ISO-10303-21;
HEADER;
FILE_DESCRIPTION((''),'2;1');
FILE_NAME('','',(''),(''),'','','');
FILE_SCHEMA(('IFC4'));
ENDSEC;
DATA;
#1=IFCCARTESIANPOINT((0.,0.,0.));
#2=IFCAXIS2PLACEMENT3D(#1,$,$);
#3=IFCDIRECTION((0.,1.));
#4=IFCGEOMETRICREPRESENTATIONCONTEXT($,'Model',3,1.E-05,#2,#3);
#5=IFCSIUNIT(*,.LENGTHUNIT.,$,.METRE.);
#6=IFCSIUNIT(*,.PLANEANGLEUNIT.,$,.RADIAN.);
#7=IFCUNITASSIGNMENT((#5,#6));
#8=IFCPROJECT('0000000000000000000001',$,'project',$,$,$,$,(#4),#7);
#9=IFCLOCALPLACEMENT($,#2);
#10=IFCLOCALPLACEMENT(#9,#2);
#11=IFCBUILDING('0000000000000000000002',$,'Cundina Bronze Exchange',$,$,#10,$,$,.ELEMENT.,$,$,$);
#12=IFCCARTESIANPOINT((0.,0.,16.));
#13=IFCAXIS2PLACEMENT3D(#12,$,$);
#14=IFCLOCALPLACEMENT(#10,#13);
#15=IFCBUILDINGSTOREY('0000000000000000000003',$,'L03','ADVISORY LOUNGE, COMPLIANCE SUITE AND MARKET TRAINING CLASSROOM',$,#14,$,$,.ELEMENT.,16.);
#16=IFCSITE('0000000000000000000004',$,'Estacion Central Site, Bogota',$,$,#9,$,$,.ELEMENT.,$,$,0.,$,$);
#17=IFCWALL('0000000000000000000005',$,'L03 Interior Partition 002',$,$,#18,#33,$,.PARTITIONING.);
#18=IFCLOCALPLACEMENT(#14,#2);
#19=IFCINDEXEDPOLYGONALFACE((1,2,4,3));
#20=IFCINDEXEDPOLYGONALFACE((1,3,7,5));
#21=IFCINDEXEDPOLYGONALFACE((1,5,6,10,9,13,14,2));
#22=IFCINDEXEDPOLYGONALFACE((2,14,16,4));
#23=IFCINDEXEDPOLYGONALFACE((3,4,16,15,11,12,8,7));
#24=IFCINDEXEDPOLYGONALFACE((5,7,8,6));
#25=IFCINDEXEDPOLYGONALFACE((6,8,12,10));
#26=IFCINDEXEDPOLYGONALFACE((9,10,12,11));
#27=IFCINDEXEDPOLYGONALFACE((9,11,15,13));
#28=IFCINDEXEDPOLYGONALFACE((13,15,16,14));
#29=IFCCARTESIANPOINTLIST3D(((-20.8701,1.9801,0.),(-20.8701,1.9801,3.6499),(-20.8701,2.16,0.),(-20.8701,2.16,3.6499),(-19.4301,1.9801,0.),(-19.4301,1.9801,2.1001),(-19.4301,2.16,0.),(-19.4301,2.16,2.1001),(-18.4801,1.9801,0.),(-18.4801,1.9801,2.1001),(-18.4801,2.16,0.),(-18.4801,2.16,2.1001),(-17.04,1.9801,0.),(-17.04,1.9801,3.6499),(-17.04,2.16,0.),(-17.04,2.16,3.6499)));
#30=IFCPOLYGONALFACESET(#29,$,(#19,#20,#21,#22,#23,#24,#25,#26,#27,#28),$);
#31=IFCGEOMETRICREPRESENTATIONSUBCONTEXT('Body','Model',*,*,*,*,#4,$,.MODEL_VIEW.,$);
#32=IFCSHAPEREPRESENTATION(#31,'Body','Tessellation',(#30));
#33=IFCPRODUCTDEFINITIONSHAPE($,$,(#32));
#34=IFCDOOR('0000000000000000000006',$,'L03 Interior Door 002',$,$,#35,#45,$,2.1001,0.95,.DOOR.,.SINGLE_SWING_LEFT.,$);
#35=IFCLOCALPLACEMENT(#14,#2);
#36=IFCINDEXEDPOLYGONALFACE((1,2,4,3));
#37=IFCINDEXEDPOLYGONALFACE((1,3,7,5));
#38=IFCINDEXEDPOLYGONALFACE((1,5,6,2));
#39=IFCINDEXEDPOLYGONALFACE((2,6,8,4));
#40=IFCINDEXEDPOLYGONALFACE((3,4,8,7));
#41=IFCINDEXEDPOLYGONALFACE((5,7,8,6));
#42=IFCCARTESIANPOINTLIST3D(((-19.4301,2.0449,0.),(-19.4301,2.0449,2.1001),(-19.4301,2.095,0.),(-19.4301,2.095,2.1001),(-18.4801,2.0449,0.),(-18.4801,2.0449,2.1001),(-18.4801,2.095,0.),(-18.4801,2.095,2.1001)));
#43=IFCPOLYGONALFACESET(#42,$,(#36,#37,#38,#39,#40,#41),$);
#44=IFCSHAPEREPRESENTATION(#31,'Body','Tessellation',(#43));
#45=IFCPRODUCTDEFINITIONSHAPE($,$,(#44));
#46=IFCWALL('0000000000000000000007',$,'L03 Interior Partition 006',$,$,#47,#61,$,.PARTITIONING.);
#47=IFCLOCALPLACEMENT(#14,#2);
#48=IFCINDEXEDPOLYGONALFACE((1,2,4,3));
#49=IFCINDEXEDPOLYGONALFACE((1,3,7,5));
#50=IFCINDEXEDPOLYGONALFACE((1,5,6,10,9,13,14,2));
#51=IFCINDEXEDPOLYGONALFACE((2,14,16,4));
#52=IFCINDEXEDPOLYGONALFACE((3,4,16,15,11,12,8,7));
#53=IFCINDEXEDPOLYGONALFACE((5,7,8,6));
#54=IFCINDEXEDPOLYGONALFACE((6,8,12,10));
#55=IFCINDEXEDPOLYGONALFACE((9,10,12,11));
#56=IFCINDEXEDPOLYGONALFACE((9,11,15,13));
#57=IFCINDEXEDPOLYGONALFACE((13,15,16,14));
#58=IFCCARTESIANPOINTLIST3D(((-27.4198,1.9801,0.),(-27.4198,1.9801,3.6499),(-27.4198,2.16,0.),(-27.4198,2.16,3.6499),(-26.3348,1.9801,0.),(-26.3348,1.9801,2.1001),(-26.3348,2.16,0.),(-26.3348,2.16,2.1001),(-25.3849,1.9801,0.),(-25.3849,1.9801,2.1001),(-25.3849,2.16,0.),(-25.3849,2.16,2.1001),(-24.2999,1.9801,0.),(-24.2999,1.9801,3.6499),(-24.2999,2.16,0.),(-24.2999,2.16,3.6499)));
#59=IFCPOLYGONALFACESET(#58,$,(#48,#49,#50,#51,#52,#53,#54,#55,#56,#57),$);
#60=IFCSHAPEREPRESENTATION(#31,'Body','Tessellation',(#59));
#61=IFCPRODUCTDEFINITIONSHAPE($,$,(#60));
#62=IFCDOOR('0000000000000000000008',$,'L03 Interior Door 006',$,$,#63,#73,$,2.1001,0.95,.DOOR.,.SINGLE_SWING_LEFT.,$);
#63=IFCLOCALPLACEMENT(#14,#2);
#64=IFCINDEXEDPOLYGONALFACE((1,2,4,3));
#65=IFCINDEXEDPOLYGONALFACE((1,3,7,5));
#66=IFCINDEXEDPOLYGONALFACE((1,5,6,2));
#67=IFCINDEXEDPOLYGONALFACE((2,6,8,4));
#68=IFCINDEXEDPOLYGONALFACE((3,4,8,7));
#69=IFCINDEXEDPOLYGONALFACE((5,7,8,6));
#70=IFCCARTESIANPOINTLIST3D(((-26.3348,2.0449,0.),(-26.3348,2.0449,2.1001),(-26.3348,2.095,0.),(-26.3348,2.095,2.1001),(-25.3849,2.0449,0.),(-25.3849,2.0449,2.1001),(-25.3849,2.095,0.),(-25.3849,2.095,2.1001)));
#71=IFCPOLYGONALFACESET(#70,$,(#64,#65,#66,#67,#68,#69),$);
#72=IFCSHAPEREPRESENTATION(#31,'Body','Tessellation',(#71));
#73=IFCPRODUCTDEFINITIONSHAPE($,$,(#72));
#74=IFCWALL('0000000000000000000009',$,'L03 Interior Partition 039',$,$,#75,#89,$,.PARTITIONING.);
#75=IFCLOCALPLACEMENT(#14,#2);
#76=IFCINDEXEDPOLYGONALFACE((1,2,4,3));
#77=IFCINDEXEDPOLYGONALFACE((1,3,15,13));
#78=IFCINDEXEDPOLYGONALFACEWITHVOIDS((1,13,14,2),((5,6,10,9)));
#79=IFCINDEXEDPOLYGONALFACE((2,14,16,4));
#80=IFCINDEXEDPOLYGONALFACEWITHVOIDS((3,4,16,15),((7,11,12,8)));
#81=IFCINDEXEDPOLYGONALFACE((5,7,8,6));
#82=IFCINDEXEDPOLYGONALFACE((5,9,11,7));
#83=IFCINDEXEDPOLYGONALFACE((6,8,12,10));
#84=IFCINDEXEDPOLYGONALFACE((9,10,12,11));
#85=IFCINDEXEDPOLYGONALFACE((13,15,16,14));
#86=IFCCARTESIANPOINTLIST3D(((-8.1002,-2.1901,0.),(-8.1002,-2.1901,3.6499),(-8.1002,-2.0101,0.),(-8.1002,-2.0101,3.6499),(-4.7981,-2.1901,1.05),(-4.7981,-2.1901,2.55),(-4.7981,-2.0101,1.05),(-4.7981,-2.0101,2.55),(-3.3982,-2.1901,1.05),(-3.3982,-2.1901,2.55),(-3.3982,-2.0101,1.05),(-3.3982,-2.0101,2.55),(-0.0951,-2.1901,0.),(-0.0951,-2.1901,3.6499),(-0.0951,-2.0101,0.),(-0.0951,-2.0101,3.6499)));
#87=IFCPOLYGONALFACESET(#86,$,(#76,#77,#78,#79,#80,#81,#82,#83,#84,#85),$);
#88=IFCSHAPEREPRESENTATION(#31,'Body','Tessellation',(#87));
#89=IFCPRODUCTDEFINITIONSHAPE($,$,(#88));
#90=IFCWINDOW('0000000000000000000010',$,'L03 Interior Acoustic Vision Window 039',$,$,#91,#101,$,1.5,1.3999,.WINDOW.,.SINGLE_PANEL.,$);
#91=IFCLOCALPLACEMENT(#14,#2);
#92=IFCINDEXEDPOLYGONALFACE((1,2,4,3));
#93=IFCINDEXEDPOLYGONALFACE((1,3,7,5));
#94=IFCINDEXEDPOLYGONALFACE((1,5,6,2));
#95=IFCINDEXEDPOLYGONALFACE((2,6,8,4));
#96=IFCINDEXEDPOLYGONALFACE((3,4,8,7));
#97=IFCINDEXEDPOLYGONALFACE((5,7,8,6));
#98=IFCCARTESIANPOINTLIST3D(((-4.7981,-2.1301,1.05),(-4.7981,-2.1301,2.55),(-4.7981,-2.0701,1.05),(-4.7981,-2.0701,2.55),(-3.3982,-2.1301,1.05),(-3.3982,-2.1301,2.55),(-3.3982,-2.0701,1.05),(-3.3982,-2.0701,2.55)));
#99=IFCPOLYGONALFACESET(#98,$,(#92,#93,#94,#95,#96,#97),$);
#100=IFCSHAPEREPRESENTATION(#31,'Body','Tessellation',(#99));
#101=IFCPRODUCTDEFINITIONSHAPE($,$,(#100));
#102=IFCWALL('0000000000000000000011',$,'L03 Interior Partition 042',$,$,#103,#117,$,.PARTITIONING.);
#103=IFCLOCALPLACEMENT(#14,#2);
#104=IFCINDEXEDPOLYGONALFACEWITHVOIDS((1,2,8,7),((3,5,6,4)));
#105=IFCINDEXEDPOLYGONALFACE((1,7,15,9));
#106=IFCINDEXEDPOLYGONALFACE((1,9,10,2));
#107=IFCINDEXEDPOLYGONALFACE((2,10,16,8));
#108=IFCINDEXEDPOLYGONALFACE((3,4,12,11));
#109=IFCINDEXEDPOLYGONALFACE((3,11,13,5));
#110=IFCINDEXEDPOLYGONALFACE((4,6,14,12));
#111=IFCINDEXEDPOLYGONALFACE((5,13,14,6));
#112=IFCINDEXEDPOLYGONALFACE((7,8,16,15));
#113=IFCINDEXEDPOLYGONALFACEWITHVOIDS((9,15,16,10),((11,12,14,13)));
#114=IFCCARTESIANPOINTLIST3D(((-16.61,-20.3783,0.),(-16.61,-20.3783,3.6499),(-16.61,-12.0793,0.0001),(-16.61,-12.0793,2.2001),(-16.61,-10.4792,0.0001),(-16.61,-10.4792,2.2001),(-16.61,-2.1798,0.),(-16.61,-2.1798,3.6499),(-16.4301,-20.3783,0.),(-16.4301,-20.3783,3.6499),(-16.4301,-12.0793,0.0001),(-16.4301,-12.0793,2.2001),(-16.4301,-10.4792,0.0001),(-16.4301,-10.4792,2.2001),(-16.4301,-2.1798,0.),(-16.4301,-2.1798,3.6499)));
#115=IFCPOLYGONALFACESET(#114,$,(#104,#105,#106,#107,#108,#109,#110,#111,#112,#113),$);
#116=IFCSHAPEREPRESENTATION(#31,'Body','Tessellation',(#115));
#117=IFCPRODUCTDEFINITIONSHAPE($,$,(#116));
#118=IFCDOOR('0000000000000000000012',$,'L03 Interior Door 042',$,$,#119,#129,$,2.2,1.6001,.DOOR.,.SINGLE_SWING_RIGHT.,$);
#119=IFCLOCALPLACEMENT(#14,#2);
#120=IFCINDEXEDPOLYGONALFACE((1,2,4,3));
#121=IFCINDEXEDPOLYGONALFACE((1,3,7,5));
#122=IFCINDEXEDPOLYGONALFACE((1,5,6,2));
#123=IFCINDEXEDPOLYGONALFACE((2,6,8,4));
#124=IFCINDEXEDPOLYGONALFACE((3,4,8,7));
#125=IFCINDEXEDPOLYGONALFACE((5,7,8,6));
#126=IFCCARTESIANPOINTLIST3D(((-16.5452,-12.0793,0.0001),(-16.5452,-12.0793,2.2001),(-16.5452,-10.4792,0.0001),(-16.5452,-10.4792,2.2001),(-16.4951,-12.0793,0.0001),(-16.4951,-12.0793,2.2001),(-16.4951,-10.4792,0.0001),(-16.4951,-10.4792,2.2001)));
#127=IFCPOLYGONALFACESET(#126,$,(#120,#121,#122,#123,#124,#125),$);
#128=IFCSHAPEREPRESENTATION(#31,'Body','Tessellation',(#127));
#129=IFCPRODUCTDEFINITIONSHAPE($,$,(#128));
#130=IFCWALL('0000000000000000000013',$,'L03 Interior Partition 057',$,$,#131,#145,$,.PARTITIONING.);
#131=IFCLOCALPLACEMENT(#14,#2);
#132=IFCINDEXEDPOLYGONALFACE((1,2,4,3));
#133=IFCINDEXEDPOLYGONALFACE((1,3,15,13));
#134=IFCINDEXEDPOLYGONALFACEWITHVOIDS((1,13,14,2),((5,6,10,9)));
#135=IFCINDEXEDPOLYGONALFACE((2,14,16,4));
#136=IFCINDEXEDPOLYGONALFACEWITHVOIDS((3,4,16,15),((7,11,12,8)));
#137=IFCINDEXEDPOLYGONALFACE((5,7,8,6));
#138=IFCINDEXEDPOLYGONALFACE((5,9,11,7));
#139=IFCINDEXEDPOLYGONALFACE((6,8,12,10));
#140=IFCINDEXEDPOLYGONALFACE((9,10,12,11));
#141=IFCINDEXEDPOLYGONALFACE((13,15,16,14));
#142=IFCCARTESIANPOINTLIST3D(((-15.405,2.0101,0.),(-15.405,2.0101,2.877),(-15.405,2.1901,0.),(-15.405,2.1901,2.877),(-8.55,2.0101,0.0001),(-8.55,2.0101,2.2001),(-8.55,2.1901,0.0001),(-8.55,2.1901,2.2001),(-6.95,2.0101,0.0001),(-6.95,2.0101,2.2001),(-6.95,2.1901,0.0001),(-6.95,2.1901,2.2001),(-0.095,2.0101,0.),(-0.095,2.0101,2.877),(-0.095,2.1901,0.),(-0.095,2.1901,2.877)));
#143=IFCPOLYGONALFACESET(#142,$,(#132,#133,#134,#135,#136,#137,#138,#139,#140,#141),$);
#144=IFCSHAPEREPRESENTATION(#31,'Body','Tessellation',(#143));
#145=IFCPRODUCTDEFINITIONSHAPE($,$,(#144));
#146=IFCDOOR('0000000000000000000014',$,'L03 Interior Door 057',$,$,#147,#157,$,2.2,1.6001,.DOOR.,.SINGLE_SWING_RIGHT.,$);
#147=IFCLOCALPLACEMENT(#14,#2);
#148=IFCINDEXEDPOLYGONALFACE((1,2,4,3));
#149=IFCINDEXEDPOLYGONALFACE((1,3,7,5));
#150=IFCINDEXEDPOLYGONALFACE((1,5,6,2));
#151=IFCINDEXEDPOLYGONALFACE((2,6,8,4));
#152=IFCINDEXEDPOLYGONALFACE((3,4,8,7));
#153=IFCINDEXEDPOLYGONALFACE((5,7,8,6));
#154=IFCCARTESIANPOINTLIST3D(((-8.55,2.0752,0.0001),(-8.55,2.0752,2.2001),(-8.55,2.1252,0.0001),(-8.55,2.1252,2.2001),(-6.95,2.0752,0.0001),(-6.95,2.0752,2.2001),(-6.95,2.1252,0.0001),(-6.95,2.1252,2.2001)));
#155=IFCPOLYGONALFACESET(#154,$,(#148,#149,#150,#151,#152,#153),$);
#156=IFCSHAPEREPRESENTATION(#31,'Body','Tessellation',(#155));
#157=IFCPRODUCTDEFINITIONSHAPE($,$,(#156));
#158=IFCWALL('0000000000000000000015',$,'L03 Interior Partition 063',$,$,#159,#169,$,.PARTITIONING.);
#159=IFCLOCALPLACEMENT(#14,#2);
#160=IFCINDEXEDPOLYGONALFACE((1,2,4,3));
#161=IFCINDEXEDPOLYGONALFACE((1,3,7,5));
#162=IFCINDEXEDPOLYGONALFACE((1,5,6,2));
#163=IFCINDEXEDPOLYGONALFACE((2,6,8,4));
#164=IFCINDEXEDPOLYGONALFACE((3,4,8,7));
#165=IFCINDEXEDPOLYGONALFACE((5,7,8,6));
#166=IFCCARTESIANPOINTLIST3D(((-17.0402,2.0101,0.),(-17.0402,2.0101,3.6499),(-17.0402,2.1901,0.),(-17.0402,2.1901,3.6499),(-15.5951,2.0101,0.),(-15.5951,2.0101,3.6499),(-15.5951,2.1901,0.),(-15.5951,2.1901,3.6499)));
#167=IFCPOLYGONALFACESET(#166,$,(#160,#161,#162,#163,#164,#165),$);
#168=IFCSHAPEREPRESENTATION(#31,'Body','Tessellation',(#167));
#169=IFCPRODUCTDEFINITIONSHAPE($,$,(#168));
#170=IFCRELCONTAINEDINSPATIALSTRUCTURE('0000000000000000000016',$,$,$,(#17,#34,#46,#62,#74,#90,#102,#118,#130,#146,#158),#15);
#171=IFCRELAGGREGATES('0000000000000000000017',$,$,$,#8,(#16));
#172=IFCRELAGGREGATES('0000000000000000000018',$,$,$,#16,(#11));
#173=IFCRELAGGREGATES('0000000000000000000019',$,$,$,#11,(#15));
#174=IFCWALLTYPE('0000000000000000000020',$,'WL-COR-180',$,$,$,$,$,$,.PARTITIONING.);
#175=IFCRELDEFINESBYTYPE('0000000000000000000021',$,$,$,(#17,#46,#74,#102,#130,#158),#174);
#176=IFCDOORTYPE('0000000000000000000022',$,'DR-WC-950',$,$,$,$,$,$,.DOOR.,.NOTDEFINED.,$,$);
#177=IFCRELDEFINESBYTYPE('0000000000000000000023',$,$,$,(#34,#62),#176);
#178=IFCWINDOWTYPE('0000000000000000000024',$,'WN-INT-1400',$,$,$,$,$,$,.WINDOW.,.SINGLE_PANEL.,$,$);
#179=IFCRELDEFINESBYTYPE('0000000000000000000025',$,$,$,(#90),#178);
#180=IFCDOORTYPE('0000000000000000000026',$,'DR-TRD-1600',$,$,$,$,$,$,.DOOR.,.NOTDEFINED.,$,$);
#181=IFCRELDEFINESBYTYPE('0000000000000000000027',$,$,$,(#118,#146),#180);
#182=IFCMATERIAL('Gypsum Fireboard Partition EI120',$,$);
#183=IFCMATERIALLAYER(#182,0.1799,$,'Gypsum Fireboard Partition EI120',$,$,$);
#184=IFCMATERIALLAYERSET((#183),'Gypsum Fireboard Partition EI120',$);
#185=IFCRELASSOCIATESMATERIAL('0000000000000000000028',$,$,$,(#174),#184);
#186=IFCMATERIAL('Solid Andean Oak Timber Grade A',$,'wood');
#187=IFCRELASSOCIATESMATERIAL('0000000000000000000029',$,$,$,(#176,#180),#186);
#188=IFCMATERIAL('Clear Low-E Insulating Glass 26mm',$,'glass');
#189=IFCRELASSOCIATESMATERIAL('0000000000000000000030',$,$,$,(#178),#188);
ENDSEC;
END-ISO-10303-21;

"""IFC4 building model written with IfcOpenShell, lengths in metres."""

from ifc_helpers import new_model, si_unit, direction, frame, frame_2d, origin, place, context, subcontext, project, spatial, rectangle, extrude, material, layer, layer_set, type_object, element, fill, save


model = new_model("IFC4")

# Units and contexts
model_context = context("Model", 3, precision=1e-05, world=origin(), true_north=direction((0.0, 1.0)))
body_context = subcontext(model_context, "Body", "Model", "MODEL_VIEW")
ifc_project = project(units=[si_unit("LENGTHUNIT", "METRE"), si_unit("PLANEANGLEUNIT", "RADIAN")], contexts=[model_context])

# Site, building, storey
site_placement = place(None, origin())
site = spatial("IfcSite", under=ifc_project, at=site_placement, Name="Estacion Central Site, Bogota", CompositionType="ELEMENT", RefElevation=0.0)
building_placement = place(site_placement, origin())
building = spatial("IfcBuilding", under=site, at=building_placement, Name="Cundina Bronze Exchange", CompositionType="ELEMENT")
storey_placement = place(building_placement, frame((0.0, 0.0, 16.0)))
storey = spatial("IfcBuildingStorey", under=building, at=storey_placement, Name="L03", Description="ADVISORY LOUNGE, COMPLIANCE SUITE AND MARKET TRAINING CLASSROOM", CompositionType="ELEMENT", Elevation=16.0)

# Shared definitions
ifc_material_1 = material(Name="Gypsum Fireboard Partition EI120")
ifc_layer_1 = layer(ifc_material_1, 0.1799, Name="Gypsum Fireboard Partition EI120")
ifc_layer_set_1 = layer_set([ifc_layer_1], Name="Gypsum Fireboard Partition EI120")
wall_type_1 = type_object("IfcWallType", Name="WL-COR-180", PredefinedType="PARTITIONING", material=ifc_layer_set_1)

# Walls, openings, doors
wall_1_placement = place(storey_placement, frame((-20.8701, 2.0701, 0.0), z_axis=(0.0, 0.0, 1.0), x_axis=(1.0, 0.0, 0.0)))
wall_1 = element("IfcWall", 1, at=wall_1_placement, inside=storey, type_object=wall_type_1, Name="L03 Interior Partition 002", PredefinedType="PARTITIONING", context=body_context, shape_type="SweptSolid", body=[
    extrude(rectangle(XDim=3.8301, YDim=0.1799, at=frame_2d((1.915, 0.0))), origin(), (0.0, 0.0, 1.0), 3.6499),
])
opening_1_placement = place(wall_1_placement, frame((1.4399, 0.0, 0.0)))
opening_1 = element("IfcOpeningElement", 2, at=opening_1_placement, cuts=wall_1, PredefinedType="OPENING", context=body_context, shape_type="SweptSolid", body=[
    extrude(rectangle(XDim=0.95, YDim=2.1001, at=frame_2d((0.4751, 1.05))), frame((0.0, 0.0999, 0.0), z_axis=(0.0, -1.0, 0.0), x_axis=(1.0, 0.0, 0.0)), (0.0, 0.0, 1.0), 0.2),
])
ifc_material_2 = material(Name="Solid Andean Oak Timber Grade A", Category="wood")
door_type_1 = type_object("IfcDoorType", Name="DR-WC-950", OperationType="NOTDEFINED", PredefinedType="DOOR", material=ifc_material_2)
door_1_placement = place(opening_1_placement, origin())
door_1 = element("IfcDoor", 3, at=door_1_placement, inside=storey, type_object=door_type_1, Name="L03 Interior Door 002", OperationType="SINGLE_SWING_LEFT", OverallHeight=2.1001, OverallWidth=0.95, PredefinedType="DOOR", context=body_context, shape_type="SweptSolid", body=[
    extrude(rectangle(XDim=0.95, YDim=2.1001, at=frame_2d((0.4751, 1.05))), frame((0.0, 0.0249, 0.0), z_axis=(0.0, -1.0, 0.0), x_axis=(1.0, 0.0, 0.0)), (0.0, 0.0, 1.0), 0.05),
])
fill(opening_1, door_1)
wall_2_placement = place(storey_placement, frame((-27.4199, 2.0701, 0.0), z_axis=(0.0, 0.0, 1.0), x_axis=(1.0, 0.0, 0.0)))
wall_2 = element("IfcWall", 4, at=wall_2_placement, inside=storey, type_object=wall_type_1, Name="L03 Interior Partition 006", PredefinedType="PARTITIONING", context=body_context, shape_type="SweptSolid", body=[
    extrude(rectangle(XDim=3.1199, YDim=0.1799, at=frame_2d((1.5601, 0.0))), origin(), (0.0, 0.0, 1.0), 3.6499),
])
opening_2_placement = place(wall_2_placement, frame((1.085, 0.0, 0.0)))
opening_2 = element("IfcOpeningElement", 5, at=opening_2_placement, cuts=wall_2, PredefinedType="OPENING", context=body_context, shape_type="SweptSolid", body=[
    extrude(rectangle(XDim=0.95, YDim=2.1001, at=frame_2d((0.4751, 1.05))), frame((0.0, 0.0999, 0.0), z_axis=(0.0, -1.0, 0.0), x_axis=(1.0, 0.0, 0.0)), (0.0, 0.0, 1.0), 0.2),
])
door_2_placement = place(opening_2_placement, origin())
door_2 = element("IfcDoor", 6, at=door_2_placement, inside=storey, type_object=door_type_1, Name="L03 Interior Door 006", OperationType="SINGLE_SWING_LEFT", OverallHeight=2.1001, OverallWidth=0.95, PredefinedType="DOOR", context=body_context, shape_type="SweptSolid", body=[
    extrude(rectangle(XDim=0.95, YDim=2.1001, at=frame_2d((0.4751, 1.05))), frame((0.0, 0.0249, 0.0), z_axis=(0.0, -1.0, 0.0), x_axis=(1.0, 0.0, 0.0)), (0.0, 0.0, 1.0), 0.05),
])
fill(opening_2, door_2)

# Wall, opening, window
wall_3_placement = place(storey_placement, frame((-8.1001, -2.1001, 0.0), z_axis=(0.0, 0.0, 1.0), x_axis=(1.0, 0.0, 0.0)))
wall_3 = element("IfcWall", 7, at=wall_3_placement, inside=storey, type_object=wall_type_1, Name="L03 Interior Partition 039", PredefinedType="PARTITIONING", context=body_context, shape_type="SweptSolid", body=[
    extrude(rectangle(XDim=8.0051, YDim=0.1799, at=frame_2d((4.0024, 0.0))), origin(), (0.0, 0.0, 1.0), 3.6499),
])
opening_3_placement = place(wall_3_placement, frame((3.302, 0.0, 1.05)))
opening_3 = element("IfcOpeningElement", 8, at=opening_3_placement, cuts=wall_3, PredefinedType="OPENING", context=body_context, shape_type="SweptSolid", body=[
    extrude(rectangle(XDim=1.3999, YDim=1.5, at=frame_2d((0.7, 0.75))), frame((0.0, 0.0999, 0.0), z_axis=(0.0, -1.0, 0.0), x_axis=(1.0, 0.0, 0.0)), (0.0, 0.0, 1.0), 0.2),
])
ifc_material_3 = material(Name="Clear Low-E Insulating Glass 26mm", Category="glass")
window_type = type_object("IfcWindowType", Name="WN-INT-1400", PartitioningType="SINGLE_PANEL", PredefinedType="WINDOW", material=ifc_material_3)
window_1_placement = place(opening_3_placement, origin())
window_1 = element("IfcWindow", 9, at=window_1_placement, inside=storey, type_object=window_type, Name="L03 Interior Acoustic Vision Window 039", OverallHeight=1.5, OverallWidth=1.3999, PartitioningType="SINGLE_PANEL", PredefinedType="WINDOW", context=body_context, shape_type="SweptSolid", body=[
    extrude(rectangle(XDim=1.3999, YDim=1.5, at=frame_2d((0.7, 0.75))), frame((0.0, 0.03, 0.0), z_axis=(0.0, -1.0, 0.0), x_axis=(1.0, 0.0, 0.0)), (0.0, 0.0, 1.0), 0.0601),
])
fill(opening_3, window_1)

# Walls, openings, doors
wall_4_placement = place(storey_placement, frame((-16.52, -2.1799, 0.0), z_axis=(0.0, 0.0, 1.0), x_axis=(0.0, -1.0, 0.0)))
wall_4 = element("IfcWall", 10, at=wall_4_placement, inside=storey, type_object=wall_type_1, Name="L03 Interior Partition 042", PredefinedType="PARTITIONING", context=body_context, shape_type="SweptSolid", body=[
    extrude(rectangle(XDim=18.1985, YDim=0.1799, at=frame_2d((9.0991, 0.0))), origin(), (0.0, 0.0, 1.0), 3.6499),
])
opening_4_placement = place(wall_4_placement, frame((8.2993, 0.0, 0.0)))
opening_4 = element("IfcOpeningElement", 11, at=opening_4_placement, cuts=wall_4, PredefinedType="OPENING", context=body_context, shape_type="SweptSolid", body=[
    extrude(rectangle(XDim=1.6001, YDim=2.2, at=frame_2d((0.8, 1.1001))), frame((0.0, 0.0999, 0.0), z_axis=(0.0, -1.0, 0.0), x_axis=(1.0, 0.0, 0.0)), (0.0, 0.0, 1.0), 0.2),
])
door_type_2 = type_object("IfcDoorType", Name="DR-TRD-1600", OperationType="NOTDEFINED", PredefinedType="DOOR", material=ifc_material_2)
door_3_placement = place(opening_4_placement, origin())
door_3 = element("IfcDoor", 12, at=door_3_placement, inside=storey, type_object=door_type_2, Name="L03 Interior Door 042", OperationType="SINGLE_SWING_RIGHT", OverallHeight=2.2, OverallWidth=1.6001, PredefinedType="DOOR", context=body_context, shape_type="SweptSolid", body=[
    extrude(rectangle(XDim=1.6001, YDim=2.2, at=frame_2d((0.8, 1.1001))), frame((0.0, 0.0249, 0.0), z_axis=(0.0, -1.0, 0.0), x_axis=(1.0, 0.0, 0.0)), (0.0, 0.0, 1.0), 0.05),
])
fill(opening_4, door_3)
wall_5_placement = place(storey_placement, frame((-0.095, 2.1001, 0.0), z_axis=(0.0, 0.0, 1.0), x_axis=(-1.0, 0.0, 0.0)))
wall_5 = element("IfcWall", 13, at=wall_5_placement, inside=storey, type_object=wall_type_1, Name="L03 Interior Partition 057", PredefinedType="PARTITIONING", context=body_context, shape_type="SweptSolid", body=[
    extrude(rectangle(XDim=15.3101, YDim=0.1799, at=frame_2d((7.655, 0.0))), origin(), (0.0, 0.0, 1.0), 2.877),
])
opening_5_placement = place(wall_5_placement, frame((6.855, 0.0, 0.0)))
opening_5 = element("IfcOpeningElement", 14, at=opening_5_placement, cuts=wall_5, PredefinedType="OPENING", context=body_context, shape_type="SweptSolid", body=[
    extrude(rectangle(XDim=1.6001, YDim=2.2, at=frame_2d((0.8, 1.1001))), frame((0.0, 0.0999, 0.0), z_axis=(0.0, -1.0, 0.0), x_axis=(1.0, 0.0, 0.0)), (0.0, 0.0, 1.0), 0.2),
])
door_4_placement = place(opening_5_placement, origin())
door_4 = element("IfcDoor", 15, at=door_4_placement, inside=storey, type_object=door_type_2, Name="L03 Interior Door 057", OperationType="SINGLE_SWING_RIGHT", OverallHeight=2.2, OverallWidth=1.6001, PredefinedType="DOOR", context=body_context, shape_type="SweptSolid", body=[
    extrude(rectangle(XDim=1.6001, YDim=2.2, at=frame_2d((0.8, 1.1001))), frame((0.0, 0.0249, 0.0), z_axis=(0.0, -1.0, 0.0), x_axis=(1.0, 0.0, 0.0)), (0.0, 0.0, 1.0), 0.05),
])
fill(opening_5, door_4)

# Wall
wall_6_placement = place(storey_placement, frame((-15.595, 2.1001, 0.0), z_axis=(0.0, 0.0, 1.0), x_axis=(-1.0, 0.0, 0.0)))
element("IfcWall", 16, at=wall_6_placement, inside=storey, type_object=wall_type_1, Name="L03 Interior Partition 063", PredefinedType="PARTITIONING", context=body_context, shape_type="SweptSolid", body=[
    extrude(rectangle(XDim=1.4451, YDim=0.1799, at=frame_2d((0.7227, 0.0))), origin(), (0.0, 0.0, 1.0), 3.6499),
])

save(model, "model.ifc")
